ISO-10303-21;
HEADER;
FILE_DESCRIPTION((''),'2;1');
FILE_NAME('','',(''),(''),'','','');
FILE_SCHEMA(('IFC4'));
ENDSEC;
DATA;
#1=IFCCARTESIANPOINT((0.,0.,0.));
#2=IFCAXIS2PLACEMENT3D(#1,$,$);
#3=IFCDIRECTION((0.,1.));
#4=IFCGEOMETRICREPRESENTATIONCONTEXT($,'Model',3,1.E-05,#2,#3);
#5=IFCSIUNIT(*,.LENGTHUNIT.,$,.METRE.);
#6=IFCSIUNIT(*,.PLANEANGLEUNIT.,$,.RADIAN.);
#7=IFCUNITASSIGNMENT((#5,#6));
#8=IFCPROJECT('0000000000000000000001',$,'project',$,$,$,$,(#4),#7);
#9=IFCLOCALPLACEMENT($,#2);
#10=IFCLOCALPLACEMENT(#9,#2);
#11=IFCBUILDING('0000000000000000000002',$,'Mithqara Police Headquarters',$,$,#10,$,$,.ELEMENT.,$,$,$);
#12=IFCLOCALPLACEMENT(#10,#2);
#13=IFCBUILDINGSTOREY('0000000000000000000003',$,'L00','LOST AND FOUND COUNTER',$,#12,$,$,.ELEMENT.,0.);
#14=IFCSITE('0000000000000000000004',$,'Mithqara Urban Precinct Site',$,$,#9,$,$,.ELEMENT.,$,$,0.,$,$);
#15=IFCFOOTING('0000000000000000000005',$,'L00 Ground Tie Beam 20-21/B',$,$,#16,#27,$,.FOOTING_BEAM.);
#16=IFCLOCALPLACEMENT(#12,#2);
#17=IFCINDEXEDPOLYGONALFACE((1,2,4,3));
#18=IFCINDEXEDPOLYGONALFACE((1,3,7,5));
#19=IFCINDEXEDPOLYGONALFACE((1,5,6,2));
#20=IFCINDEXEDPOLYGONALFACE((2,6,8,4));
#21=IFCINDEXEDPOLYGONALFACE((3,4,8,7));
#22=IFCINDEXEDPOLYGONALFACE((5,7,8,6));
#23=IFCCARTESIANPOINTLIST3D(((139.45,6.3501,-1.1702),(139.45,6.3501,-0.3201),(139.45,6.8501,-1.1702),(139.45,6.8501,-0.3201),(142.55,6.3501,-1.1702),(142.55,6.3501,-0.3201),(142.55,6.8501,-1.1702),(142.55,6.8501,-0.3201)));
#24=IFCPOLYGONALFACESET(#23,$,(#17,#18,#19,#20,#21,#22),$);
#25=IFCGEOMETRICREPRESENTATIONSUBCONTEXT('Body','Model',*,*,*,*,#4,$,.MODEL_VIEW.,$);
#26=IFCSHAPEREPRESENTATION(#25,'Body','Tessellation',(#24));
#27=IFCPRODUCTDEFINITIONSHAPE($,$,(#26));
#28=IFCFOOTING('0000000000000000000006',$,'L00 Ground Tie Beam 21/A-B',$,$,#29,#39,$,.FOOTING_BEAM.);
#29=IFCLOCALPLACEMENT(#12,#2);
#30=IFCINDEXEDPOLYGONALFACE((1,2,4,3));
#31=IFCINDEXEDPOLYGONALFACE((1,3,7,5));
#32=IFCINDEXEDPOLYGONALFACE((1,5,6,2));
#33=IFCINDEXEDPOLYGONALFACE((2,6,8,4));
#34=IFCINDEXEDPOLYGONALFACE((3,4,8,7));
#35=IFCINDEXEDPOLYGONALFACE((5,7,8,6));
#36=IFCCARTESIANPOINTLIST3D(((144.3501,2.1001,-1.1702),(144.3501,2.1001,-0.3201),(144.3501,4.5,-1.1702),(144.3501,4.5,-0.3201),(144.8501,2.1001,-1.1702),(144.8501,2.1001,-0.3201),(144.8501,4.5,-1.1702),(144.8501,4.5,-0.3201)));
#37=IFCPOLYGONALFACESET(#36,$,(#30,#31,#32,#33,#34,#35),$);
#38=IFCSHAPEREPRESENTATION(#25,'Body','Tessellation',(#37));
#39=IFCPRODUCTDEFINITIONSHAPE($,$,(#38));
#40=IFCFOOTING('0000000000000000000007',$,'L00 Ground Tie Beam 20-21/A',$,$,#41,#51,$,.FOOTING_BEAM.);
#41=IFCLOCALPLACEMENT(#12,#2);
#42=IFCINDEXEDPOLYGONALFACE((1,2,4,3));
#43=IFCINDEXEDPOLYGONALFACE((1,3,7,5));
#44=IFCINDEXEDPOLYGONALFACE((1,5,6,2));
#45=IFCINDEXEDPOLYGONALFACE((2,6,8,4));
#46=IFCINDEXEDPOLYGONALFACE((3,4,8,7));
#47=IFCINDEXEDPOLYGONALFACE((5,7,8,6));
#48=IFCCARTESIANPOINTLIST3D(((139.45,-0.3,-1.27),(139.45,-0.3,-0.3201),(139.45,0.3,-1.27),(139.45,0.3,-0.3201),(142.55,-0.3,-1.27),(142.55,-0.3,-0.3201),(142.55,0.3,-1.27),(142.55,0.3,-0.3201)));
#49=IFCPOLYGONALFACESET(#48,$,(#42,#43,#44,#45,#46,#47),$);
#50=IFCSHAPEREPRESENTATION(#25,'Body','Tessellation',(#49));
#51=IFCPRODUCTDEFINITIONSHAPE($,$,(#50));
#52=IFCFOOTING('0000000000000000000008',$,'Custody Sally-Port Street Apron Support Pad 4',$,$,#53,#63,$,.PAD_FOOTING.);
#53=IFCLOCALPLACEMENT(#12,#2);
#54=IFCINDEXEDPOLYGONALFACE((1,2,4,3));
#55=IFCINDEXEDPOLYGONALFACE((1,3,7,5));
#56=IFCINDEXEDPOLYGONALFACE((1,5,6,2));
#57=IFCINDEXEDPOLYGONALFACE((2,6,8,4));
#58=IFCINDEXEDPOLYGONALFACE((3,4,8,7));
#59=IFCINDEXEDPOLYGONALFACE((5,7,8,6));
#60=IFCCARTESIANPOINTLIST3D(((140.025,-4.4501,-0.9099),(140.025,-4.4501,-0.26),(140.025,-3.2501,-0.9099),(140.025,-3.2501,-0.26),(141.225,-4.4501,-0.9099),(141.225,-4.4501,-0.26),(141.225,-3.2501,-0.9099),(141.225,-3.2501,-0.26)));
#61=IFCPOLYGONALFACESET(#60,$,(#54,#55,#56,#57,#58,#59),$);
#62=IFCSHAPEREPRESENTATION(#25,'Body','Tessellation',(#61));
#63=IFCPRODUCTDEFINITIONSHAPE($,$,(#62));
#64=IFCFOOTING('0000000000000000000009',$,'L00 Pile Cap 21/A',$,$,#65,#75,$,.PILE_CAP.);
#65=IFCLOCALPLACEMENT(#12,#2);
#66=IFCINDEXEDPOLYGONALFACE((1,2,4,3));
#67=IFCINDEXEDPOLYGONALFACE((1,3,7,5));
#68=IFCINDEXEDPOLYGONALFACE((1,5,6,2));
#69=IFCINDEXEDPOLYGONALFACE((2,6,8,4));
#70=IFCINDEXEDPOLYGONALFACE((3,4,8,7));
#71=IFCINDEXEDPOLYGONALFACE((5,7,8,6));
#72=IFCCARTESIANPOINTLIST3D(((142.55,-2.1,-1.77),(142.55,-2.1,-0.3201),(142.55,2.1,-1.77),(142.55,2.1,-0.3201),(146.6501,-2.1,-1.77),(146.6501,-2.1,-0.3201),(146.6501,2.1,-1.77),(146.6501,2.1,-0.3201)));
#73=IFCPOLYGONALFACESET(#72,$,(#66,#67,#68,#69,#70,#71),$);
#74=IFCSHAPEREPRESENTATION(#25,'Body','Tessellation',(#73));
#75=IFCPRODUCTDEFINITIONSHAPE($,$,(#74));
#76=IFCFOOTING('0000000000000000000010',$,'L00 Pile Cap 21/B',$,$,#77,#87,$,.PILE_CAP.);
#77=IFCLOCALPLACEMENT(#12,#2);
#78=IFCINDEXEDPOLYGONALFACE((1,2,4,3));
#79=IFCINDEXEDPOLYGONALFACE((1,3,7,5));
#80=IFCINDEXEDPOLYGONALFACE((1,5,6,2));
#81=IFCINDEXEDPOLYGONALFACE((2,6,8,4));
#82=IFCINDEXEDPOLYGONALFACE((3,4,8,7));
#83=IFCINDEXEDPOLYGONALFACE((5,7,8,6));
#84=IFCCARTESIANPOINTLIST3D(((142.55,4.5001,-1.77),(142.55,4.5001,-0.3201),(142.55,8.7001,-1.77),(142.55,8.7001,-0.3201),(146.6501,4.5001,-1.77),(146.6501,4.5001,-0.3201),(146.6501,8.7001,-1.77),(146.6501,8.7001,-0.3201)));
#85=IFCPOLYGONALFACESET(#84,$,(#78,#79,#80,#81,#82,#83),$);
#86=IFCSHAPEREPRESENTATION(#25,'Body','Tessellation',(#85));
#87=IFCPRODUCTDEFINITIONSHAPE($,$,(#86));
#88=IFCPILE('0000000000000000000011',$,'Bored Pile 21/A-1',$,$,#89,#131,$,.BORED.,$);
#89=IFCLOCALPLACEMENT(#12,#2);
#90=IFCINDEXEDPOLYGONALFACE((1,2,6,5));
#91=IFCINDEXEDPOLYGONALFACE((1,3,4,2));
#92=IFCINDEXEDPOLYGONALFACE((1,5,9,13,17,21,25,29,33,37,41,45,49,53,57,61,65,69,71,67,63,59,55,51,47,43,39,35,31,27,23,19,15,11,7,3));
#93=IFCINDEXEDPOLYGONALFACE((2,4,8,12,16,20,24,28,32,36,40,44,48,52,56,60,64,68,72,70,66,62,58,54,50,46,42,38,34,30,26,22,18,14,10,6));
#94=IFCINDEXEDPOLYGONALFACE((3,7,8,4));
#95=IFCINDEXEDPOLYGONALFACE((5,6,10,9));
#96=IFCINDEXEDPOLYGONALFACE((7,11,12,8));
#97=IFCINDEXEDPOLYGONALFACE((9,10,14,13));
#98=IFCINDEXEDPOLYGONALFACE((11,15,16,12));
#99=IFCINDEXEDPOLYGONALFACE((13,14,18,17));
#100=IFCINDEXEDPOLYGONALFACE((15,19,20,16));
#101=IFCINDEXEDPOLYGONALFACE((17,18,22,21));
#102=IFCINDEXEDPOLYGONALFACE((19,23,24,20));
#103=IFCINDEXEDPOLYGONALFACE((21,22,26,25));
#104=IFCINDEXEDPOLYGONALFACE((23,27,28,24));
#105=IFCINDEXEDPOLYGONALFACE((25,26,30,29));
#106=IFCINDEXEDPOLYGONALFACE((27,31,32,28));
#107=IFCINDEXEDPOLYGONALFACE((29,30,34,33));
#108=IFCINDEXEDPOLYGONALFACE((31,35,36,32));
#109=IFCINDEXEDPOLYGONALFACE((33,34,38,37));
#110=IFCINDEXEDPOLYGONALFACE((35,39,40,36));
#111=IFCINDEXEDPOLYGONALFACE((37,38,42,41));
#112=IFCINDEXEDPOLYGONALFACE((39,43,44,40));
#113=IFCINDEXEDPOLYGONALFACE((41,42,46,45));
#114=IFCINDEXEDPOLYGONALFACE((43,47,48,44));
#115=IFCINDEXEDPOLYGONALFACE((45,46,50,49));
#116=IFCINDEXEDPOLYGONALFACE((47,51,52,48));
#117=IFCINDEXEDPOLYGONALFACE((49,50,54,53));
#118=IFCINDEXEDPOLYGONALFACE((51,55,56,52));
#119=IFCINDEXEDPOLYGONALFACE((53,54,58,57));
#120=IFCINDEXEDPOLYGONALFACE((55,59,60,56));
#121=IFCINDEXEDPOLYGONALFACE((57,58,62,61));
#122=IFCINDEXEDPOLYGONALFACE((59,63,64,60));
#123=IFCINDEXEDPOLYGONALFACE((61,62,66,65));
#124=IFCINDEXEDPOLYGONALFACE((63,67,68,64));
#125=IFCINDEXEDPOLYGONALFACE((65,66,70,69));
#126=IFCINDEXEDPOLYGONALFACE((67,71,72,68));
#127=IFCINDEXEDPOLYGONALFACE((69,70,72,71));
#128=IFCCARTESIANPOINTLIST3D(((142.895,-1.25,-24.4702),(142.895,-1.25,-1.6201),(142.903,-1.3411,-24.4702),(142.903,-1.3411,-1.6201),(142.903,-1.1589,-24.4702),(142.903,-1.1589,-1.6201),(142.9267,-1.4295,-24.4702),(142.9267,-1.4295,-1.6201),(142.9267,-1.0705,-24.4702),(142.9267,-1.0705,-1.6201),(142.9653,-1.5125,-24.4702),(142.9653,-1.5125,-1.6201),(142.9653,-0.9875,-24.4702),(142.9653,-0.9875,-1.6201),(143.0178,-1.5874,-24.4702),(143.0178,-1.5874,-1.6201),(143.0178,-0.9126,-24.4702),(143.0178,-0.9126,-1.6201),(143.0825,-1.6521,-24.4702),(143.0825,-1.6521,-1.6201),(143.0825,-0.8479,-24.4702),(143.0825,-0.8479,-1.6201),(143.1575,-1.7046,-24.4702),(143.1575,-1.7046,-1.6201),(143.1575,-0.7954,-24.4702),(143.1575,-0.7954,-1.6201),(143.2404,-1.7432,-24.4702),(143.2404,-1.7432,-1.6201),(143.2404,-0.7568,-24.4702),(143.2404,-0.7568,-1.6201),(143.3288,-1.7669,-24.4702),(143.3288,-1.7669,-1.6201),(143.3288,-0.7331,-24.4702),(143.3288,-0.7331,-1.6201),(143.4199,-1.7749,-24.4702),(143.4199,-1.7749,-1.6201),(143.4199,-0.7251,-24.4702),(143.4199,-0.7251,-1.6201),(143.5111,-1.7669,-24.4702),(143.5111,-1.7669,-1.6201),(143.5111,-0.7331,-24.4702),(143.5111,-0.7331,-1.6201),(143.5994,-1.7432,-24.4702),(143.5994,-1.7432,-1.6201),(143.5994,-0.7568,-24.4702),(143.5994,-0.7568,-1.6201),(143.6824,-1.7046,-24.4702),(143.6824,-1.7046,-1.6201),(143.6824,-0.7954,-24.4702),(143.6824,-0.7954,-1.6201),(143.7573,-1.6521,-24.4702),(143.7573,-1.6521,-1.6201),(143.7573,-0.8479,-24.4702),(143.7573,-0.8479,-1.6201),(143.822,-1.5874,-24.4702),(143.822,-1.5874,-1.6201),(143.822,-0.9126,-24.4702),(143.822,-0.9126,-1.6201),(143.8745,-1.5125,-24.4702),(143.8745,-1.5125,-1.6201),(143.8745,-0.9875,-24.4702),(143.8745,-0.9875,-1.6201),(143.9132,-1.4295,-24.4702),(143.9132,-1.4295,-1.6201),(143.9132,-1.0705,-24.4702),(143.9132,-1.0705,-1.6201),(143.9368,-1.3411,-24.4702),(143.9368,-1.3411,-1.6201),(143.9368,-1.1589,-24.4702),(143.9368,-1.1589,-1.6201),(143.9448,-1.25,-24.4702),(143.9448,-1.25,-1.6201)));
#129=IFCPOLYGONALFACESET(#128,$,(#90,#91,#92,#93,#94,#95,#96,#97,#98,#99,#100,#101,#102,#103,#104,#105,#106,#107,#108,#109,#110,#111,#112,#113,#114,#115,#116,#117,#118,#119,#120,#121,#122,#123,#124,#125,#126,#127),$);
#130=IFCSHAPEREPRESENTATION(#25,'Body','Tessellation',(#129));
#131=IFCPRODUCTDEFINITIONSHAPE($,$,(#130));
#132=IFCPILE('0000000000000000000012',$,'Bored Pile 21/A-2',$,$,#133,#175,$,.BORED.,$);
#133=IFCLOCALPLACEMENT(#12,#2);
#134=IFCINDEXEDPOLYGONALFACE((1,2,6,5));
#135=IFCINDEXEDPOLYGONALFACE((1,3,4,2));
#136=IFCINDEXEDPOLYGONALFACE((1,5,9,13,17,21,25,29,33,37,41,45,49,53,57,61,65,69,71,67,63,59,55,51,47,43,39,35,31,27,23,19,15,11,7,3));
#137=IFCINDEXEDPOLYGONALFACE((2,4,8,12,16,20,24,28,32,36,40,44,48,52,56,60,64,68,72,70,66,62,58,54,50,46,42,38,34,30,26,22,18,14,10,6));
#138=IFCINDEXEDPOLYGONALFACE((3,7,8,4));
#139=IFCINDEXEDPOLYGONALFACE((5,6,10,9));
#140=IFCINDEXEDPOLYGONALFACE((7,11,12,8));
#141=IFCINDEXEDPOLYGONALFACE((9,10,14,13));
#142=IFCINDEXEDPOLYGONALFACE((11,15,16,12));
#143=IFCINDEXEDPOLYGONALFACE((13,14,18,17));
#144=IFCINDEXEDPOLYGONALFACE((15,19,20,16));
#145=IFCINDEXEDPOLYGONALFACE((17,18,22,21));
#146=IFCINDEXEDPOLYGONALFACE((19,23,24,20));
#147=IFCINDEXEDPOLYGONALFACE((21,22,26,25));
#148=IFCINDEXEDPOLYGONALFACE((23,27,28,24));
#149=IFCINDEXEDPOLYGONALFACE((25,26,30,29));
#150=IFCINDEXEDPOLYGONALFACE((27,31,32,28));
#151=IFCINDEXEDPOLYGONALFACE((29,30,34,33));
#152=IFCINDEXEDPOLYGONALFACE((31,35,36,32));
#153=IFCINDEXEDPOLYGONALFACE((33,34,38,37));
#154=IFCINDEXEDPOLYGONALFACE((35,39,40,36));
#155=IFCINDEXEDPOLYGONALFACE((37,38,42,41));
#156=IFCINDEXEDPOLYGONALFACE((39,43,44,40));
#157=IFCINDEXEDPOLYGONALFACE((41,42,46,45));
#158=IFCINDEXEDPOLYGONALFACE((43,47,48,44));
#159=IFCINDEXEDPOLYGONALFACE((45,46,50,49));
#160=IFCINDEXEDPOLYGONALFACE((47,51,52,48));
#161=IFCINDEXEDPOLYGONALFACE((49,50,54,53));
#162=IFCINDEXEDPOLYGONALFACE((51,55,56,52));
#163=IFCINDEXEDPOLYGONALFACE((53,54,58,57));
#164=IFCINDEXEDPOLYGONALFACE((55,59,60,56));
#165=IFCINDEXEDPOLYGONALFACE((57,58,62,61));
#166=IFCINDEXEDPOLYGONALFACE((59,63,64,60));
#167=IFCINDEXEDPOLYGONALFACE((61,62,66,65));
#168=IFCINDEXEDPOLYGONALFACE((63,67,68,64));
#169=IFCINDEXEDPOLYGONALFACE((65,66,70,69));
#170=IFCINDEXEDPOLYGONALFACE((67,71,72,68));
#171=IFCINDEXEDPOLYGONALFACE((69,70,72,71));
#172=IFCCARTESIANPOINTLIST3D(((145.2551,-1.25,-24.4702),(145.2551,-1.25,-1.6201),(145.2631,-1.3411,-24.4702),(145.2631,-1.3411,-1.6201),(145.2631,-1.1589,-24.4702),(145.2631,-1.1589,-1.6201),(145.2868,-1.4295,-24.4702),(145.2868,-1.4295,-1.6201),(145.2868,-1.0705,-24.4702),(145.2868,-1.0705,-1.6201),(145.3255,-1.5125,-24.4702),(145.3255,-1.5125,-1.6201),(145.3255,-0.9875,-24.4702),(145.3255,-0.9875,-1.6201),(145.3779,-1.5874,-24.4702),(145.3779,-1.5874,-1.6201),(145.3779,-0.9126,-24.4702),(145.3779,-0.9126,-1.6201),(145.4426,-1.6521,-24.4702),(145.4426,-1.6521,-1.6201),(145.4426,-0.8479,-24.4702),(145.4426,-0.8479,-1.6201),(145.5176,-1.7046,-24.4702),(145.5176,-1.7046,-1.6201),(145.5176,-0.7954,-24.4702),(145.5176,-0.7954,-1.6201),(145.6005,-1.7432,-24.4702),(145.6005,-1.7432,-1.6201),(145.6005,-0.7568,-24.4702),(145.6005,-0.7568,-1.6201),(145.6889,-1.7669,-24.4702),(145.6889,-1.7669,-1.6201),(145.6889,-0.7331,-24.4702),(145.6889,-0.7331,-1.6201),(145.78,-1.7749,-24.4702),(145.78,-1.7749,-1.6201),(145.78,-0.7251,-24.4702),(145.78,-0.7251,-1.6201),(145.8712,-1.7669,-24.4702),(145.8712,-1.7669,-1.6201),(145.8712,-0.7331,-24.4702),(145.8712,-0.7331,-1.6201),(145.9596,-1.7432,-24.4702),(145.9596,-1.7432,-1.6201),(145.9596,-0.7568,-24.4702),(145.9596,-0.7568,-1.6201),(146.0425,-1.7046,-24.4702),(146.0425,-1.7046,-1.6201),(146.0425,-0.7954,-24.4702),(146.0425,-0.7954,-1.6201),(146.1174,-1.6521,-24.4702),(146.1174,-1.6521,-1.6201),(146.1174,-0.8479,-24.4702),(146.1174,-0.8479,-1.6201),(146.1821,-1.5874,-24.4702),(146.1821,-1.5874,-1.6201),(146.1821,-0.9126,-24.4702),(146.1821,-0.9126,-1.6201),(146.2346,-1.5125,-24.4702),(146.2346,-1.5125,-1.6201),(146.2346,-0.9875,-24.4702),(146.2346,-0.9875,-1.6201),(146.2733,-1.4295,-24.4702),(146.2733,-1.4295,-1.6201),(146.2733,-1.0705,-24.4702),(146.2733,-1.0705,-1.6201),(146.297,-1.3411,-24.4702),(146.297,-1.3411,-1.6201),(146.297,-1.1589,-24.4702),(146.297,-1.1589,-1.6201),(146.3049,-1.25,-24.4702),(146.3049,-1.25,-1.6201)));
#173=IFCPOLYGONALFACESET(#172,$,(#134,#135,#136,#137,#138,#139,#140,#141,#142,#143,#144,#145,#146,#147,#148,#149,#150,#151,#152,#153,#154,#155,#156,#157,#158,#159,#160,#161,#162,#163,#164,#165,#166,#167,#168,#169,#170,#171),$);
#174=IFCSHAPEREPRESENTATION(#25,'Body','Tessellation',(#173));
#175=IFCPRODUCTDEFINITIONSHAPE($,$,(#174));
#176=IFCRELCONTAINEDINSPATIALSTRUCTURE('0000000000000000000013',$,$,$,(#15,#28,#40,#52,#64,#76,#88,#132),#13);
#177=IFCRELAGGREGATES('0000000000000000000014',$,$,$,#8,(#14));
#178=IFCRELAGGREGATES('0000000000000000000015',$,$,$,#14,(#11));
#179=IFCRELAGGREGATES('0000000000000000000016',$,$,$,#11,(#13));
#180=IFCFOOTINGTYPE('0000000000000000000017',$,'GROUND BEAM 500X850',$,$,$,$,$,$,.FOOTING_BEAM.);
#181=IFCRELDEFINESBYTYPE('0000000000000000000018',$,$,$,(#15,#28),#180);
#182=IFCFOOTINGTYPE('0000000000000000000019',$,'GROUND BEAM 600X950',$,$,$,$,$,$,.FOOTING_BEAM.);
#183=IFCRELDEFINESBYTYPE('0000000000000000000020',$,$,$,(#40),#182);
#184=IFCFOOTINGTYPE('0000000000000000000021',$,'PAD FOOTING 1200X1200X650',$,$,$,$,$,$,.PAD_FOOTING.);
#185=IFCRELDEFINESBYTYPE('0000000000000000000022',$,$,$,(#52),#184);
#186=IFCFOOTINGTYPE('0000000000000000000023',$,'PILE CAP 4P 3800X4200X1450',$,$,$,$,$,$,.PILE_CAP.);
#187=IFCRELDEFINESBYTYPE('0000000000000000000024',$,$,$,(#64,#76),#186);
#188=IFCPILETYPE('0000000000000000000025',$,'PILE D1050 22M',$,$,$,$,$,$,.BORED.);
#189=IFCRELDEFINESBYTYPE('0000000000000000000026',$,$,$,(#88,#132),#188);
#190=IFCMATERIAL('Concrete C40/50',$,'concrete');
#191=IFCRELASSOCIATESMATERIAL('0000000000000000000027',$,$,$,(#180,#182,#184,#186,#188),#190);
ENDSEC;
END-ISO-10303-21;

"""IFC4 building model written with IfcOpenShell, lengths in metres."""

from ifc_helpers import new_model, si_unit, direction, frame, origin, origin_2d, place, context, subcontext, project, spatial, rectangle, circle, extrude, material, material_profile, profile_set, type_object, element, save


model = new_model("IFC4")

# Units and contexts
model_context = context("Model", 3, precision=1e-05, world=origin(), true_north=direction((0.0, 1.0)))
body_context = subcontext(model_context, "Body", "Model", "MODEL_VIEW")
ifc_project = project(units=[si_unit("LENGTHUNIT", "METRE"), si_unit("PLANEANGLEUNIT", "RADIAN")], contexts=[model_context])

# Site, building, storey
site_placement = place(None, origin())
site = spatial("IfcSite", under=ifc_project, at=site_placement, Name="Mithqara Urban Precinct Site", CompositionType="ELEMENT", RefElevation=0.0)
building_placement = place(site_placement, origin())
building = spatial("IfcBuilding", under=site, at=building_placement, Name="Mithqara Police Headquarters", CompositionType="ELEMENT")
storey_placement = place(building_placement, origin())
storey = spatial("IfcBuildingStorey", under=building, at=storey_placement, Name="L00", Description="LOST AND FOUND COUNTER", CompositionType="ELEMENT", Elevation=0.0)

# Footings
ifc_material_1 = material(Name="Concrete C40/50", Category="concrete")
footing_type_1 = type_object("IfcFootingType", Name="GROUND BEAM 500X850", PredefinedType="FOOTING_BEAM", material=ifc_material_1)
footing_1_placement = place(storey_placement, frame((141.0, 6.6001, -1.1702), z_axis=(0.0, 0.0, 1.0), x_axis=(1.0, 0.0, 0.0)))
element("IfcFooting", 1, at=footing_1_placement, inside=storey, type_object=footing_type_1, Name="L00 Ground Tie Beam 20-21/B", PredefinedType="FOOTING_BEAM", context=body_context, shape_type="SweptSolid", body=[
    extrude(rectangle(XDim=3.1001, YDim=0.5, at=origin_2d()), origin(), (0.0, 0.0, 1.0), 0.8501),
])
footing_2_placement = place(storey_placement, frame((144.6001, 3.3, -1.1702), z_axis=(0.0, 0.0, 1.0), x_axis=(1.0, 0.0, 0.0)))
element("IfcFooting", 2, at=footing_2_placement, inside=storey, type_object=footing_type_1, Name="L00 Ground Tie Beam 21/A-B", PredefinedType="FOOTING_BEAM", context=body_context, shape_type="SweptSolid", body=[
    extrude(rectangle(XDim=0.5, YDim=2.3999, at=origin_2d()), origin(), (0.0, 0.0, 1.0), 0.8501),
])
footing_type_2 = type_object("IfcFootingType", Name="GROUND BEAM 600X950", PredefinedType="FOOTING_BEAM", material=ifc_material_1)
footing_3_placement = place(storey_placement, frame((141.0, 0.0, -1.27), z_axis=(0.0, 0.0, 1.0), x_axis=(1.0, 0.0, 0.0)))
element("IfcFooting", 3, at=footing_3_placement, inside=storey, type_object=footing_type_2, Name="L00 Ground Tie Beam 20-21/A", PredefinedType="FOOTING_BEAM", context=body_context, shape_type="SweptSolid", body=[
    extrude(rectangle(XDim=3.1001, YDim=0.6001, at=origin_2d()), origin(), (0.0, 0.0, 1.0), 0.95),
])
footing_type_3 = type_object("IfcFootingType", Name="PAD FOOTING 1200X1200X650", PredefinedType="PAD_FOOTING", material=ifc_material_1)
footing_4_placement = place(storey_placement, frame((140.625, -3.8501, -0.9099), z_axis=(0.0, 0.0, 1.0), x_axis=(1.0, 0.0, 0.0)))
element("IfcFooting", 4, at=footing_4_placement, inside=storey, type_object=footing_type_3, Name="Custody Sally-Port Street Apron Support Pad 4", PredefinedType="PAD_FOOTING", context=body_context, shape_type="SweptSolid", body=[
    extrude(rectangle(XDim=1.2, YDim=1.2, at=origin_2d()), origin(), (0.0, 0.0, 1.0), 0.6499),
])
footing_type_4 = type_object("IfcFootingType", Name="PILE CAP 4P 3800X4200X1450", PredefinedType="PILE_CAP", material=ifc_material_1)
for number, where, z_axis, x_axis, name in (
    (5, (144.6001, 0.0, -1.77), (0.0, 0.0, 1.0), (1.0, 0.0, 0.0), "L00 Pile Cap 21/A"),
    (6, (144.6001, 6.6001, -1.77), (0.0, 0.0, 1.0), (1.0, 0.0, 0.0), "L00 Pile Cap 21/B"),
):
    element("IfcFooting", number, at=place(storey_placement, frame(where, z_axis=z_axis, x_axis=x_axis)), inside=storey, type_object=footing_type_4, Name=name, PredefinedType="PILE_CAP", context=body_context, shape_type="SweptSolid", body=[
        extrude(rectangle(XDim=4.1001, YDim=4.2, at=origin_2d()), origin(), (0.0, 0.0, 1.0), 1.45),
    ])

# Piles
ifc_material_profile_1 = material_profile(ifc_material_1, circle(Radius=0.5249, at=origin_2d()), Name="PILE D1050")
ifc_profile_set_1 = profile_set([ifc_material_profile_1], Name="Concrete C40/50")
pile_type = type_object("IfcPileType", Name="PILE D1050 22M", PredefinedType="BORED", material=ifc_profile_set_1)
for number, where, z_axis, x_axis, name in (
    (7, (143.4199, -1.25, -1.6201), (0.0, 0.0, -1.0), (1.0, 0.0, 0.0), "Bored Pile 21/A-1"),
    (8, (145.78, -1.25, -1.6201), (0.0, 0.0, -1.0), (1.0, 0.0, 0.0), "Bored Pile 21/A-2"),
):
    element("IfcPile", number, at=place(storey_placement, frame(where, z_axis=z_axis, x_axis=x_axis)), inside=storey, type_object=pile_type, Name=name, PredefinedType="BORED", context=body_context, shape_type="SweptSolid", body=[
        extrude(circle(Radius=0.5249, at=origin_2d()), origin(), (0.0, 0.0, 1.0), 22.8501),
    ])

save(model, "model.ifc")
